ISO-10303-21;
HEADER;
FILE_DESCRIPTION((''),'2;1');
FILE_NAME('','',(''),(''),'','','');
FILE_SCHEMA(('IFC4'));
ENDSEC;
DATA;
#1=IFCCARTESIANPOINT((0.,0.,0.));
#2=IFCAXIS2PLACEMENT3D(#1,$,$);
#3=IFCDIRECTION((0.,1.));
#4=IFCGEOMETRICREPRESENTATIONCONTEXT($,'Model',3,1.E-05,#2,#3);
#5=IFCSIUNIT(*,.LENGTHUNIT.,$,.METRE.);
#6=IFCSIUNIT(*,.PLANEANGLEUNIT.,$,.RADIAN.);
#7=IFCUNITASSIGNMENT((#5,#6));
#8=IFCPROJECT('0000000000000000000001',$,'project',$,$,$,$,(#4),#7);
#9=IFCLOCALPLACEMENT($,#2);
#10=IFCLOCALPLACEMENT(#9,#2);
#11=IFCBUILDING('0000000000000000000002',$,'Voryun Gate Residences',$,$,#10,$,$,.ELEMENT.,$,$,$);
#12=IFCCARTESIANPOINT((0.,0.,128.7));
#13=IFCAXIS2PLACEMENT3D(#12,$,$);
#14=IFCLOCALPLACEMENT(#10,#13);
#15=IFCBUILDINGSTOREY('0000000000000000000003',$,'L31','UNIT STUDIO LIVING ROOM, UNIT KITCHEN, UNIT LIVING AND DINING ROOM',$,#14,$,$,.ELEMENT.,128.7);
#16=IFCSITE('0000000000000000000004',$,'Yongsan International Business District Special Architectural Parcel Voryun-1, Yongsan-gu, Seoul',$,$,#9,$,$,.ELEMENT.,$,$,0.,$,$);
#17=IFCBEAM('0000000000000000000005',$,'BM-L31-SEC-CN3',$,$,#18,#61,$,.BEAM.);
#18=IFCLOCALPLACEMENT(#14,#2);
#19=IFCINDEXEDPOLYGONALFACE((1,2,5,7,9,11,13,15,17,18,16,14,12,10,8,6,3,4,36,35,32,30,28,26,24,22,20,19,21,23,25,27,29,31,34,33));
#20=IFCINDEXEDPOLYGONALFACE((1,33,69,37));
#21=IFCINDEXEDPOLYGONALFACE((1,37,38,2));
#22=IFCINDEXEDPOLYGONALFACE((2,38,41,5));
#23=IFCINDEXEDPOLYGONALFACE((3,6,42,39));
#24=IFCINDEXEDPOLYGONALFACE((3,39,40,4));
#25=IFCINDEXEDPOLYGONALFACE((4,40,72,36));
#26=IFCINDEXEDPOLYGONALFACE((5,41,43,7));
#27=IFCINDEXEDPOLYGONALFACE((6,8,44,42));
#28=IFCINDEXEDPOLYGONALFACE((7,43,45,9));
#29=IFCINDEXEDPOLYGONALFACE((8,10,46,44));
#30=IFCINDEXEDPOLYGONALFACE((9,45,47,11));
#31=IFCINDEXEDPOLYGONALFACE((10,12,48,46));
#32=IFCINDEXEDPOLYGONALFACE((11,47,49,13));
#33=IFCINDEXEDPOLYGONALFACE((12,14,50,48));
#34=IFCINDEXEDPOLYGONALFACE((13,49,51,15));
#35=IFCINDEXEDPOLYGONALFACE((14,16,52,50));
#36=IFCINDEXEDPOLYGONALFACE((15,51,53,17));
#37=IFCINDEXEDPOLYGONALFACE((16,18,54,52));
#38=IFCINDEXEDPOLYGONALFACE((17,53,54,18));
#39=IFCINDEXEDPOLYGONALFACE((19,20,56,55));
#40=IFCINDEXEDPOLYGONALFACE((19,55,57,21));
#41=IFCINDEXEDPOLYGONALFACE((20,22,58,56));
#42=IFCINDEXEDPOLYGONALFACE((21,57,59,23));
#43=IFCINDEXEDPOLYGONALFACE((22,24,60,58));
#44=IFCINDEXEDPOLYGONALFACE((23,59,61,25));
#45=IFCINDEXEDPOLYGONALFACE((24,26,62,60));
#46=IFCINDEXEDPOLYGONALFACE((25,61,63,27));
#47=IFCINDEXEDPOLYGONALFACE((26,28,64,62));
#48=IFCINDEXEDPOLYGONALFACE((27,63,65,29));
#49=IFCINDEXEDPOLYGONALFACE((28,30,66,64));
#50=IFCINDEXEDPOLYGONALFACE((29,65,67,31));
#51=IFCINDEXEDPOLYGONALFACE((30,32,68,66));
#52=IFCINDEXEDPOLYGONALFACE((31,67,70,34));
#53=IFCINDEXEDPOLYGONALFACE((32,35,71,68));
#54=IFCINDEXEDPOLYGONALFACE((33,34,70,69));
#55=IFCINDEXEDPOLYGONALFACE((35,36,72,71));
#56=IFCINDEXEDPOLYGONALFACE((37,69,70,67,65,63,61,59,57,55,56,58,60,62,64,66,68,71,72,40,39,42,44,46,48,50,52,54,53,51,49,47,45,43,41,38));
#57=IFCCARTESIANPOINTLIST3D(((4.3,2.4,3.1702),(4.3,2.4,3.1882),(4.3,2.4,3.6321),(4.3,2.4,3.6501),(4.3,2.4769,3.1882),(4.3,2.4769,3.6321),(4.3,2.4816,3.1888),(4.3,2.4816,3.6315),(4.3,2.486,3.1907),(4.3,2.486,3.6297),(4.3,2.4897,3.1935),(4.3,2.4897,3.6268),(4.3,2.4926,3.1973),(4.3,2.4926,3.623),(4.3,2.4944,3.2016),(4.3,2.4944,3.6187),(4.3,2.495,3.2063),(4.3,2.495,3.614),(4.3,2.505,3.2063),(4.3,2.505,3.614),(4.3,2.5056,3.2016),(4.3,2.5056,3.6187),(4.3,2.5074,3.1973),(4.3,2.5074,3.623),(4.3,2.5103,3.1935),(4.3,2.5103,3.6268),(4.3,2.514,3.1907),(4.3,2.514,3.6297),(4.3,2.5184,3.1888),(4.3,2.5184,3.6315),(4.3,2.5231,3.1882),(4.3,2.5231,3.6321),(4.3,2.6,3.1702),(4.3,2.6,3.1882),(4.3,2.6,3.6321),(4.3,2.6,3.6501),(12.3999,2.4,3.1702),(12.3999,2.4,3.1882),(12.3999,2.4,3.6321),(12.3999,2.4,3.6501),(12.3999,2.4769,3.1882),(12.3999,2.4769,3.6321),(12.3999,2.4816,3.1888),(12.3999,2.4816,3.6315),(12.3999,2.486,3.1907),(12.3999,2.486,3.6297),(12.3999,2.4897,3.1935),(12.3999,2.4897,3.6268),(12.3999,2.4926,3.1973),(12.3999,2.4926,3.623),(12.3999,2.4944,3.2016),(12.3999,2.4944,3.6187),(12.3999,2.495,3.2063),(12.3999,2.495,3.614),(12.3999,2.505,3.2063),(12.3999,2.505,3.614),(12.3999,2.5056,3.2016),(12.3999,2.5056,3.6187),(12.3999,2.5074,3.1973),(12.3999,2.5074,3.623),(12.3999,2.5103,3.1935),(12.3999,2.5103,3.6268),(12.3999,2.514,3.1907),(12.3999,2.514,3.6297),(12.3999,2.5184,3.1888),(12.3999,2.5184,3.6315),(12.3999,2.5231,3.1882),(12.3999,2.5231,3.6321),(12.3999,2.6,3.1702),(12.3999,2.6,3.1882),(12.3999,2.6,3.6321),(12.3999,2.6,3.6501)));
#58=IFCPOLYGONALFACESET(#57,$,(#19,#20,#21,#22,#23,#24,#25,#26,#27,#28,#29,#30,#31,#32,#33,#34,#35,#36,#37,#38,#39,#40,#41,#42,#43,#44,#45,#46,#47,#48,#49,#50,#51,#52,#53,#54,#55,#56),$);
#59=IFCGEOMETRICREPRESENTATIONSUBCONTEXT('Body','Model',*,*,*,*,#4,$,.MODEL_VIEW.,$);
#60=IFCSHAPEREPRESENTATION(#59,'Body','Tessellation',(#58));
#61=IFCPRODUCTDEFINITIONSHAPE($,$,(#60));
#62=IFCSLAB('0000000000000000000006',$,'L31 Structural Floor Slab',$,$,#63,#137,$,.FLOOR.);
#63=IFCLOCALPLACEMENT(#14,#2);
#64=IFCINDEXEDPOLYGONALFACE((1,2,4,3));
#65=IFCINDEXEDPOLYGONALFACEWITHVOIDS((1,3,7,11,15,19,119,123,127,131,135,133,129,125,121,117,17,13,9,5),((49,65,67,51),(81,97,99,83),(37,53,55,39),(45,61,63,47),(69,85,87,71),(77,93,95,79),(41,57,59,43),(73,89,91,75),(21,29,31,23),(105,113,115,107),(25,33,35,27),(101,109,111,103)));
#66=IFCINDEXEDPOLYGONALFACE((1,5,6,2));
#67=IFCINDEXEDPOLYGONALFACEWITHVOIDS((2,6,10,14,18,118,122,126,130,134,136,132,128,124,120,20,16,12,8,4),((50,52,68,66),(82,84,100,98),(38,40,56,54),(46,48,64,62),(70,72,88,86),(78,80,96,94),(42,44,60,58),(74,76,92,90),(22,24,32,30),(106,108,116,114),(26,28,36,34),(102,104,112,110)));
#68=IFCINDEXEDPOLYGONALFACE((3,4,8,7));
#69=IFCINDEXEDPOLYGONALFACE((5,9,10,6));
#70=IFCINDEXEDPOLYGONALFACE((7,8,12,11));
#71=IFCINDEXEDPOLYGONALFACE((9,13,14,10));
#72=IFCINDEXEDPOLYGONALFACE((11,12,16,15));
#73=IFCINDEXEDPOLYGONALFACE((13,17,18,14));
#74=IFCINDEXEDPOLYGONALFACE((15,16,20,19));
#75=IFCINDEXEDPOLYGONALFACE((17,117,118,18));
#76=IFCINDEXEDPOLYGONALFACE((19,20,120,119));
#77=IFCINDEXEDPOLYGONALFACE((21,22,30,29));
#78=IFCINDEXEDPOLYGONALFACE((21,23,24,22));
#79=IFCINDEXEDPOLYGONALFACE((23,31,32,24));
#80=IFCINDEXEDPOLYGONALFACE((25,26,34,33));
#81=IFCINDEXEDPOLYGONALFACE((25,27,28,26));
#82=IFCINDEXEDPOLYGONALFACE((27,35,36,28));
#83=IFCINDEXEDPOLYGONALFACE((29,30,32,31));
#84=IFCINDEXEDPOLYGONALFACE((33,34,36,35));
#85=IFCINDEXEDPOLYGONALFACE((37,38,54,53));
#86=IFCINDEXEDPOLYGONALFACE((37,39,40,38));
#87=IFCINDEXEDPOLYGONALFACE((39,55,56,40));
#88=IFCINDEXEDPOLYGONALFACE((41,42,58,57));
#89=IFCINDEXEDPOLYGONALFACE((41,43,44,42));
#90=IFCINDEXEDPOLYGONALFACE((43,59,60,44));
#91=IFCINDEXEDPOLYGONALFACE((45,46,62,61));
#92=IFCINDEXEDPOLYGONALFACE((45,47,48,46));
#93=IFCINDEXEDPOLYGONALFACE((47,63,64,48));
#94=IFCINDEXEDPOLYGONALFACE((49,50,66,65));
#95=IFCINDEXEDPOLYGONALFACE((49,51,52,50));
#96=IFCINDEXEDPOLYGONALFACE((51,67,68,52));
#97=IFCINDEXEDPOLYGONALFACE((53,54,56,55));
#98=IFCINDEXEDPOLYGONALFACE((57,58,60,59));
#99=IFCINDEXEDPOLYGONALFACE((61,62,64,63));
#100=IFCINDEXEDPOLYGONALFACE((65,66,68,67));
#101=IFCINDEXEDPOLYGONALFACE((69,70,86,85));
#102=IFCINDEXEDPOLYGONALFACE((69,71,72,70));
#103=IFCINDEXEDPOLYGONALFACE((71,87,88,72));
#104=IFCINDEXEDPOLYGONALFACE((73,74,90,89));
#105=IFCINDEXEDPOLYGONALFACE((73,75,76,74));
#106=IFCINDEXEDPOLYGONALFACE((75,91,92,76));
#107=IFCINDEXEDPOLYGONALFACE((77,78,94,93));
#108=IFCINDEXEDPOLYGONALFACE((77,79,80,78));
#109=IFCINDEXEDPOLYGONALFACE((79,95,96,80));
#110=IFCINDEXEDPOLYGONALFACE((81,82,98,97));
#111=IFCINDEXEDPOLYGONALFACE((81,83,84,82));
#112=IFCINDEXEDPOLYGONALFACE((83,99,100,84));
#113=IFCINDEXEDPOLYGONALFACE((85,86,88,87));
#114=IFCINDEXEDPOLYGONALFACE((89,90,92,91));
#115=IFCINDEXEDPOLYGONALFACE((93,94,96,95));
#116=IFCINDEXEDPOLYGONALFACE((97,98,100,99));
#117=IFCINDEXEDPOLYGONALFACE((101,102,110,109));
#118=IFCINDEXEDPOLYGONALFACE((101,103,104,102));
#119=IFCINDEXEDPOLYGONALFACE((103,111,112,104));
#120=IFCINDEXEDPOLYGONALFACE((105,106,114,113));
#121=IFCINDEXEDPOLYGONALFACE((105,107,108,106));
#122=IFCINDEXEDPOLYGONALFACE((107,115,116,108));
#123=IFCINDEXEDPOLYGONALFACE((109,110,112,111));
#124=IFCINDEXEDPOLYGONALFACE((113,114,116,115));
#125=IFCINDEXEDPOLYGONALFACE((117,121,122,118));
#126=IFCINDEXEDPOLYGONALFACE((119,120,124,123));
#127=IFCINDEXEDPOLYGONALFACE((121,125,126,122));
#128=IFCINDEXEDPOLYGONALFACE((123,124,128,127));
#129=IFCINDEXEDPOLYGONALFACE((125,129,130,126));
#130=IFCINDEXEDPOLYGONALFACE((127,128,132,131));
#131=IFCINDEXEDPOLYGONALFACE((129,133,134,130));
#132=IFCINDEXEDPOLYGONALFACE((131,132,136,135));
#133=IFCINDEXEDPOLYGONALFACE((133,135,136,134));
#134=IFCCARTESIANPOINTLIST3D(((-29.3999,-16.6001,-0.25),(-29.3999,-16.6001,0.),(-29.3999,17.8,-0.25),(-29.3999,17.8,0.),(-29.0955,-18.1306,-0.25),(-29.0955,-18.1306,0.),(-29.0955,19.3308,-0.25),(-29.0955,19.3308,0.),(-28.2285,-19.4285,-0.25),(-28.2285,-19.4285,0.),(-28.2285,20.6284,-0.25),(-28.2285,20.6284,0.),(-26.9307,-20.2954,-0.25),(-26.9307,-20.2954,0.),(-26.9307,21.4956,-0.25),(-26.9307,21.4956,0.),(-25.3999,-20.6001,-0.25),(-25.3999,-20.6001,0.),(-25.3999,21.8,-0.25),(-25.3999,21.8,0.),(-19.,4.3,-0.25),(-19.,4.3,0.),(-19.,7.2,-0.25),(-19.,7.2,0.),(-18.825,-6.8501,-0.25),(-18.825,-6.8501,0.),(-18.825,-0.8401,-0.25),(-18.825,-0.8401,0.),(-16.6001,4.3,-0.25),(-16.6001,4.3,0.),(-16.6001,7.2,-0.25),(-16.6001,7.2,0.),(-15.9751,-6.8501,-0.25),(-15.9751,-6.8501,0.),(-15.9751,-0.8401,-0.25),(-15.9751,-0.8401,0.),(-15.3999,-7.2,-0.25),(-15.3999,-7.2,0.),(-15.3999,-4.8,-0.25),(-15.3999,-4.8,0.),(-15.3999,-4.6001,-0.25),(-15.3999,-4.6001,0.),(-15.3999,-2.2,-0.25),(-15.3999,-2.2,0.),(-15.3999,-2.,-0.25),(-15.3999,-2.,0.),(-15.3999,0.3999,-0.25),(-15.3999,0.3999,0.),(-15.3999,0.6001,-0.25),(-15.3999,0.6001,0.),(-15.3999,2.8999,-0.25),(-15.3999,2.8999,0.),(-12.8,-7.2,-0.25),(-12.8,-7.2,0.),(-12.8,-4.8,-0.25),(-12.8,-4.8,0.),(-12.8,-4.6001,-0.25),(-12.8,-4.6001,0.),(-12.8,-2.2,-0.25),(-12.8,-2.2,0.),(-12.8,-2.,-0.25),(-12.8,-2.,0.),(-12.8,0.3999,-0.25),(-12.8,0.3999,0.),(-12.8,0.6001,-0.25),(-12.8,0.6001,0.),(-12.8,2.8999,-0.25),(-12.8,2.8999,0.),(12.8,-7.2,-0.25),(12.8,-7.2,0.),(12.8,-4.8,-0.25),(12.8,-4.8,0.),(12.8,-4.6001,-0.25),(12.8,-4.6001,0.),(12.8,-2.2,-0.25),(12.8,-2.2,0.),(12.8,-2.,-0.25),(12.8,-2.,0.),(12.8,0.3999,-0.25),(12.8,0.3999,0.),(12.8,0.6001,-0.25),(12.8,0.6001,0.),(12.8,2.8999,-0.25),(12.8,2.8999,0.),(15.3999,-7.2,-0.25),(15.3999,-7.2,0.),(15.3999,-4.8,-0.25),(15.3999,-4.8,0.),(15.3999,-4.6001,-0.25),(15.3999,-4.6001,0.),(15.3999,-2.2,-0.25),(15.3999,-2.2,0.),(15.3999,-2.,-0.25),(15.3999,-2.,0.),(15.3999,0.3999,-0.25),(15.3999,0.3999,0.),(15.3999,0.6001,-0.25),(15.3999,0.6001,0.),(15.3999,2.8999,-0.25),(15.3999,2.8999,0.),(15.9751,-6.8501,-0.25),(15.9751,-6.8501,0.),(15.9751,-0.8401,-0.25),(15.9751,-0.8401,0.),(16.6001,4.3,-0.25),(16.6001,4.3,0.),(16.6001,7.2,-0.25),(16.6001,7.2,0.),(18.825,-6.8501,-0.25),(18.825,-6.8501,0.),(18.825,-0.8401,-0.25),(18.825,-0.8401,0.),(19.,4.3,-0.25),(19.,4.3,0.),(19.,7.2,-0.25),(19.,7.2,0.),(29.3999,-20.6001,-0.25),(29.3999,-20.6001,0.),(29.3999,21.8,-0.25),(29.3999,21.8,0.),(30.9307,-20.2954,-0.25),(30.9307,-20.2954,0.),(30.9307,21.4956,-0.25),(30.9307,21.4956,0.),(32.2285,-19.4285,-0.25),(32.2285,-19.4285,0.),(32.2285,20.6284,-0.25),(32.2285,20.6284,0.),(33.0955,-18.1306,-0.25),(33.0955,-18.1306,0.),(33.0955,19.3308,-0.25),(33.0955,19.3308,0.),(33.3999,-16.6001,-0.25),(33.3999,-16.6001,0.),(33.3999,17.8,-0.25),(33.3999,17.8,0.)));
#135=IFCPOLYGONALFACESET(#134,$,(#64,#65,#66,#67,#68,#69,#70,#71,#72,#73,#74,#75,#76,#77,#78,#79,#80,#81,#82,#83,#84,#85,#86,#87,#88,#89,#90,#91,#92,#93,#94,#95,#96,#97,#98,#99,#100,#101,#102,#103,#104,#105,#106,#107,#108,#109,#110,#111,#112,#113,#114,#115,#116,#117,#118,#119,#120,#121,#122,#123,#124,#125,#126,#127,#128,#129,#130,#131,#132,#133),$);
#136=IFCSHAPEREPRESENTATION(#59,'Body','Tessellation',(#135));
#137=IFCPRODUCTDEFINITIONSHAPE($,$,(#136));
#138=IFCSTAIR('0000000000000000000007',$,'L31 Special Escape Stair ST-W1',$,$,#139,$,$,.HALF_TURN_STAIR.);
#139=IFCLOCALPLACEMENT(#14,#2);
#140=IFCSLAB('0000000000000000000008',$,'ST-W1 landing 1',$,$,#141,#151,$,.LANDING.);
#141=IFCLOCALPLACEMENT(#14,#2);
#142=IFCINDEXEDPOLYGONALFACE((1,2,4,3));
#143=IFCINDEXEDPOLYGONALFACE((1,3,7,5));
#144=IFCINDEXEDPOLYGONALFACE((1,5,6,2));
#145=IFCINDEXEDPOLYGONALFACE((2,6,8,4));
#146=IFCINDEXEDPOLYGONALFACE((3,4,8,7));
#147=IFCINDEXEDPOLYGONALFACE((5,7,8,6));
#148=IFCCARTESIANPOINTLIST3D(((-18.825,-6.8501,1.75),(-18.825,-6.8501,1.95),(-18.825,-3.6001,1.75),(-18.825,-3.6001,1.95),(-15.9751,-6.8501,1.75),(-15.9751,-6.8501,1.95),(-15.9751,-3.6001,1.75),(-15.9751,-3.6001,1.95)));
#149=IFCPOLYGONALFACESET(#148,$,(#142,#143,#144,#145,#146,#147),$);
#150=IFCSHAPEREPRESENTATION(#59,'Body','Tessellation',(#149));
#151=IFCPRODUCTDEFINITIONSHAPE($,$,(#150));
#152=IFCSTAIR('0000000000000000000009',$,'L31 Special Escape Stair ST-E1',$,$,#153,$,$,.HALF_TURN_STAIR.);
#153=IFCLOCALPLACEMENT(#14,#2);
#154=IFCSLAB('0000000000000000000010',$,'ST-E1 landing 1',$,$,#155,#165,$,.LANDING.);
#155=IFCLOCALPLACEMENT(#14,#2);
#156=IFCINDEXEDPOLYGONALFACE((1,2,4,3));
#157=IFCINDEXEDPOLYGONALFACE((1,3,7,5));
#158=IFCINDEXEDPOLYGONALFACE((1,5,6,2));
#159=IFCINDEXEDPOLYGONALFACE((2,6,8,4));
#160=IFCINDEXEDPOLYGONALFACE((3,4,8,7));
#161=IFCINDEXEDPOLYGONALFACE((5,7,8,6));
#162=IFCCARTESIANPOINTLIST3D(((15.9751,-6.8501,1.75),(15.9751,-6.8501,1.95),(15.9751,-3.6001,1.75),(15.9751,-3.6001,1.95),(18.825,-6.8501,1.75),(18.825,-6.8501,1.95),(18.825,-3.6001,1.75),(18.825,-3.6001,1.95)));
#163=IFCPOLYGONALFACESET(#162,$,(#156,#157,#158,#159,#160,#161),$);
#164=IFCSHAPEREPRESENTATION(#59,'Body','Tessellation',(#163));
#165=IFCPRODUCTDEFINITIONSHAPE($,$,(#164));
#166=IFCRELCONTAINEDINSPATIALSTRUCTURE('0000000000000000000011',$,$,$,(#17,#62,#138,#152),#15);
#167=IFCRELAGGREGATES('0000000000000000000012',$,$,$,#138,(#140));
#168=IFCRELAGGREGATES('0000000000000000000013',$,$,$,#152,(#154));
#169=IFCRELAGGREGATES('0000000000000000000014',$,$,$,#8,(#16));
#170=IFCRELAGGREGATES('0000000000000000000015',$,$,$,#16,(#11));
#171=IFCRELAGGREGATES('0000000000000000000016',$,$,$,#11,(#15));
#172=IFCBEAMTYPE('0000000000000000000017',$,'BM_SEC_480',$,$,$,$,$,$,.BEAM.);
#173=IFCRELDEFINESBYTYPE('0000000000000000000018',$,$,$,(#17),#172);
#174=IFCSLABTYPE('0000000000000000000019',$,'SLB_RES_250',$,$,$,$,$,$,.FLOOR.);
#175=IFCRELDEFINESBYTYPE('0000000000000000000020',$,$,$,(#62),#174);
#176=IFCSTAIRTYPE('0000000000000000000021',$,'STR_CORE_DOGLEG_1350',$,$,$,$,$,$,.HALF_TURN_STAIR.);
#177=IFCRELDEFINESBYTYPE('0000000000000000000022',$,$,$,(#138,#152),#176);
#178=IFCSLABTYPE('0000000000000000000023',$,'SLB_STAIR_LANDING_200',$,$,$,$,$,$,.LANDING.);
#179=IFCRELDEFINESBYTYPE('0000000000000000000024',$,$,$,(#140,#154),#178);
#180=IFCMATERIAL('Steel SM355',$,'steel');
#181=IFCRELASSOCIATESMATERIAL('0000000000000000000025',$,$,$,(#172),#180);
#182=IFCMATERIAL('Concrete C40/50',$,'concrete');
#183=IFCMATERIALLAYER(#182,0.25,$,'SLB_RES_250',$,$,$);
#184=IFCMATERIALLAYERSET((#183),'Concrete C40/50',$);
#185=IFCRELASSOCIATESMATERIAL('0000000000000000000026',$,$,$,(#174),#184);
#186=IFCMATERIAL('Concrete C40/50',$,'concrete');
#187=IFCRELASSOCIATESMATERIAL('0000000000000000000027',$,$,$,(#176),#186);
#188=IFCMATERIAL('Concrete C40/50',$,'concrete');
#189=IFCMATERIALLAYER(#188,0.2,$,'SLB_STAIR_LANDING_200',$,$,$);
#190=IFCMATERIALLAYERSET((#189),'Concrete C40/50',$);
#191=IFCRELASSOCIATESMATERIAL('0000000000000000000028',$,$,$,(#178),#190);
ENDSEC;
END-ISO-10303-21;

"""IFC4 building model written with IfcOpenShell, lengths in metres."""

from ifc_helpers import new_model, si_unit, direction, frame, origin, origin_2d, place, context, subcontext, project, spatial, polyline, i_section, outline, extrude, material, layer, layer_set, material_profile, profile_set, type_object, element, aggregate, save


model = new_model("IFC4")

# Units and contexts
model_context = context("Model", 3, precision=1e-05, world=origin(), true_north=direction((0.0, 1.0)))
body_context = subcontext(model_context, "Body", "Model", "MODEL_VIEW")
ifc_project = project(units=[si_unit("LENGTHUNIT", "METRE"), si_unit("PLANEANGLEUNIT", "RADIAN")], contexts=[model_context])

# Site, building, storey
site_placement = place(None, origin())
site = spatial("IfcSite", under=ifc_project, at=site_placement, Name="Yongsan International Business District Special Architectural Parcel Voryun-1, Yongsan-gu, Seoul", CompositionType="ELEMENT", RefElevation=0.0)
building_placement = place(site_placement, origin())
building = spatial("IfcBuilding", under=site, at=building_placement, Name="Voryun Gate Residences", CompositionType="ELEMENT")
storey_placement = place(building_placement, frame((0.0, 0.0, 128.7)))
storey = spatial("IfcBuildingStorey", under=building, at=storey_placement, Name="L31", Description="UNIT STUDIO LIVING ROOM, UNIT KITCHEN, UNIT LIVING AND DINING ROOM", CompositionType="ELEMENT", Elevation=128.7)

# Beam
ifc_material_1 = material(Name="Steel SM355", Category="steel")
ifc_material_profile_1 = material_profile(ifc_material_1, i_section(OverallWidth=0.2, OverallDepth=0.48, WebThickness=0.01, FlangeThickness=0.0181, FilletRadius=0.0181, at=origin_2d()), Name="H-480x200x10x18")
ifc_profile_set_1 = profile_set([ifc_material_profile_1], Name="Steel SM355")
beam_type_1 = type_object("IfcBeamType", Name="BM_SEC_480", PredefinedType="BEAM", material=ifc_profile_set_1)
for number, where, z_axis, x_axis, name in (
    (1, (4.3, 2.5, 3.4102), (1.0, 0.0, 0.0), (0.0, 1.0, 0.0), "BM-L31-SEC-CN3"),
):
    element("IfcBeam", number, at=place(storey_placement, frame(where, z_axis=z_axis, x_axis=x_axis)), inside=storey, type_object=beam_type_1, Name=name, PredefinedType="BEAM", context=body_context, shape_type="SweptSolid", body=[
        extrude(i_section(OverallWidth=0.2, OverallDepth=0.48, WebThickness=0.01, FlangeThickness=0.0181, FilletRadius=0.0181, at=origin_2d()), origin(), (0.0, 0.0, 1.0), 8.0999),
    ])

# Slab
ifc_material_2 = material(Name="Concrete C40/50", Category="concrete")
ifc_layer_1 = layer(ifc_material_2, 0.25, Name="SLB_RES_250")
ifc_layer_set_1 = layer_set([ifc_layer_1], Name="Concrete C40/50")
slab_type_1 = type_object("IfcSlabType", Name="SLB_RES_250", PredefinedType="FLOOR", material=ifc_layer_set_1)
slab_1_placement = place(storey_placement, frame((0.0, 0.0, -0.25)))
element("IfcSlab", 2, at=slab_1_placement, inside=storey, type_object=slab_type_1, Name="L31 Structural Floor Slab", PredefinedType="FLOOR", context=body_context, shape_type="SweptSolid", body=[
    extrude(outline(polyline([(-25.3999, -20.6001), (-26.9307, -20.2954), (-28.2285, -19.4285), (-29.0955, -18.1306), (-29.3999, -16.6001), (-29.3999, 17.8), (-29.0955, 19.3308), (-28.2285, 20.6284), (-26.9307, 21.4956), (-25.3999, 21.8), (29.3999, 21.8), (30.9307, 21.4956), (32.2285, 20.6284), (33.0955, 19.3308), (33.3999, 17.8), (33.3999, -16.6001), (33.0955, -18.1306), (32.2285, -19.4285), (30.9307, -20.2954), (29.3999, -20.6001), (-25.3999, -20.6001)]), holes=[polyline([(-12.8, -4.8), (-15.3999, -4.8), (-15.3999, -7.2), (-12.8, -7.2), (-12.8, -4.8)]), polyline([(-18.825, -6.8501), (-15.9751, -6.8501), (-15.9751, -0.8401), (-18.825, -0.8401), (-18.825, -6.8501)]), polyline([(-12.8, -4.6001), (-12.8, -2.2), (-15.3999, -2.2), (-15.3999, -4.6001), (-12.8, -4.6001)]), polyline([(-12.8, 0.3999), (-15.3999, 0.3999), (-15.3999, -2.0), (-12.8, -2.0), (-12.8, 0.3999)]), polyline([(-12.8, 0.6001), (-12.8, 2.8999), (-15.3999, 2.8999), (-15.3999, 0.6001), (-12.8, 0.6001)]), polyline([(-16.6001, 4.3), (-16.6001, 7.2), (-19.0, 7.2), (-19.0, 4.3), (-16.6001, 4.3)]), polyline([(15.3999, -4.8), (12.8, -4.8), (12.8, -7.2), (15.3999, -7.2), (15.3999, -4.8)]), polyline([(15.9751, -6.8501), (18.825, -6.8501), (18.825, -0.8401), (15.9751, -0.8401), (15.9751, -6.8501)]), polyline([(15.3999, -4.6001), (15.3999, -2.2), (12.8, -2.2), (12.8, -4.6001), (15.3999, -4.6001)]), polyline([(15.3999, 0.3999), (12.8, 0.3999), (12.8, -2.0), (15.3999, -2.0), (15.3999, 0.3999)]), polyline([(15.3999, 0.6001), (15.3999, 2.8999), (12.8, 2.8999), (12.8, 0.6001), (15.3999, 0.6001)]), polyline([(19.0, 4.3), (19.0, 7.2), (16.6001, 7.2), (16.6001, 4.3), (19.0, 4.3)])]), origin(), (0.0, 0.0, 1.0), 0.25),
])

# Stairs, slabs
ifc_material_3 = material(Name="Concrete C40/50", Category="concrete")
stair_type = type_object("IfcStairType", Name="STR_CORE_DOGLEG_1350", PredefinedType="HALF_TURN_STAIR", material=ifc_material_3)
stair_1_placement = place(storey_placement, origin())
stair_1 = element("IfcStair", 3, at=stair_1_placement, inside=storey, type_object=stair_type, Name="L31 Special Escape Stair ST-W1", PredefinedType="HALF_TURN_STAIR")
ifc_material_4 = material(Name="Concrete C40/50", Category="concrete")
ifc_layer_2 = layer(ifc_material_4, 0.2, Name="SLB_STAIR_LANDING_200")
ifc_layer_set_2 = layer_set([ifc_layer_2], Name="Concrete C40/50")
slab_type_2 = type_object("IfcSlabType", Name="SLB_STAIR_LANDING_200", PredefinedType="LANDING", material=ifc_layer_set_2)
slab_2_placement = place(storey_placement, frame((0.0, 0.0, 1.75)))
slab_2 = element("IfcSlab", 4, at=slab_2_placement, type_object=slab_type_2, Name="ST-W1 landing 1", PredefinedType="LANDING", context=body_context, shape_type="SweptSolid", body=[
    extrude(outline(polyline([(-18.825, -3.6001), (-18.825, -6.8501), (-15.9751, -6.8501), (-15.9751, -3.6001), (-18.825, -3.6001)])), origin(), (0.0, 0.0, 1.0), 0.2),
])
aggregate(stair_1, [slab_2])
stair_2_placement = place(storey_placement, origin())
stair_2 = element("IfcStair", 5, at=stair_2_placement, inside=storey, type_object=stair_type, Name="L31 Special Escape Stair ST-E1", PredefinedType="HALF_TURN_STAIR")
slab_3_placement = place(storey_placement, frame((0.0, 0.0, 1.75)))
slab_3 = element("IfcSlab", 6, at=slab_3_placement, type_object=slab_type_2, Name="ST-E1 landing 1", PredefinedType="LANDING", context=body_context, shape_type="SweptSolid", body=[
    extrude(outline(polyline([(15.9751, -3.6001), (15.9751, -6.8501), (18.825, -6.8501), (18.825, -3.6001), (15.9751, -3.6001)])), origin(), (0.0, 0.0, 1.0), 0.2),
])
aggregate(stair_2, [slab_3])

save(model, "model.ifc")
